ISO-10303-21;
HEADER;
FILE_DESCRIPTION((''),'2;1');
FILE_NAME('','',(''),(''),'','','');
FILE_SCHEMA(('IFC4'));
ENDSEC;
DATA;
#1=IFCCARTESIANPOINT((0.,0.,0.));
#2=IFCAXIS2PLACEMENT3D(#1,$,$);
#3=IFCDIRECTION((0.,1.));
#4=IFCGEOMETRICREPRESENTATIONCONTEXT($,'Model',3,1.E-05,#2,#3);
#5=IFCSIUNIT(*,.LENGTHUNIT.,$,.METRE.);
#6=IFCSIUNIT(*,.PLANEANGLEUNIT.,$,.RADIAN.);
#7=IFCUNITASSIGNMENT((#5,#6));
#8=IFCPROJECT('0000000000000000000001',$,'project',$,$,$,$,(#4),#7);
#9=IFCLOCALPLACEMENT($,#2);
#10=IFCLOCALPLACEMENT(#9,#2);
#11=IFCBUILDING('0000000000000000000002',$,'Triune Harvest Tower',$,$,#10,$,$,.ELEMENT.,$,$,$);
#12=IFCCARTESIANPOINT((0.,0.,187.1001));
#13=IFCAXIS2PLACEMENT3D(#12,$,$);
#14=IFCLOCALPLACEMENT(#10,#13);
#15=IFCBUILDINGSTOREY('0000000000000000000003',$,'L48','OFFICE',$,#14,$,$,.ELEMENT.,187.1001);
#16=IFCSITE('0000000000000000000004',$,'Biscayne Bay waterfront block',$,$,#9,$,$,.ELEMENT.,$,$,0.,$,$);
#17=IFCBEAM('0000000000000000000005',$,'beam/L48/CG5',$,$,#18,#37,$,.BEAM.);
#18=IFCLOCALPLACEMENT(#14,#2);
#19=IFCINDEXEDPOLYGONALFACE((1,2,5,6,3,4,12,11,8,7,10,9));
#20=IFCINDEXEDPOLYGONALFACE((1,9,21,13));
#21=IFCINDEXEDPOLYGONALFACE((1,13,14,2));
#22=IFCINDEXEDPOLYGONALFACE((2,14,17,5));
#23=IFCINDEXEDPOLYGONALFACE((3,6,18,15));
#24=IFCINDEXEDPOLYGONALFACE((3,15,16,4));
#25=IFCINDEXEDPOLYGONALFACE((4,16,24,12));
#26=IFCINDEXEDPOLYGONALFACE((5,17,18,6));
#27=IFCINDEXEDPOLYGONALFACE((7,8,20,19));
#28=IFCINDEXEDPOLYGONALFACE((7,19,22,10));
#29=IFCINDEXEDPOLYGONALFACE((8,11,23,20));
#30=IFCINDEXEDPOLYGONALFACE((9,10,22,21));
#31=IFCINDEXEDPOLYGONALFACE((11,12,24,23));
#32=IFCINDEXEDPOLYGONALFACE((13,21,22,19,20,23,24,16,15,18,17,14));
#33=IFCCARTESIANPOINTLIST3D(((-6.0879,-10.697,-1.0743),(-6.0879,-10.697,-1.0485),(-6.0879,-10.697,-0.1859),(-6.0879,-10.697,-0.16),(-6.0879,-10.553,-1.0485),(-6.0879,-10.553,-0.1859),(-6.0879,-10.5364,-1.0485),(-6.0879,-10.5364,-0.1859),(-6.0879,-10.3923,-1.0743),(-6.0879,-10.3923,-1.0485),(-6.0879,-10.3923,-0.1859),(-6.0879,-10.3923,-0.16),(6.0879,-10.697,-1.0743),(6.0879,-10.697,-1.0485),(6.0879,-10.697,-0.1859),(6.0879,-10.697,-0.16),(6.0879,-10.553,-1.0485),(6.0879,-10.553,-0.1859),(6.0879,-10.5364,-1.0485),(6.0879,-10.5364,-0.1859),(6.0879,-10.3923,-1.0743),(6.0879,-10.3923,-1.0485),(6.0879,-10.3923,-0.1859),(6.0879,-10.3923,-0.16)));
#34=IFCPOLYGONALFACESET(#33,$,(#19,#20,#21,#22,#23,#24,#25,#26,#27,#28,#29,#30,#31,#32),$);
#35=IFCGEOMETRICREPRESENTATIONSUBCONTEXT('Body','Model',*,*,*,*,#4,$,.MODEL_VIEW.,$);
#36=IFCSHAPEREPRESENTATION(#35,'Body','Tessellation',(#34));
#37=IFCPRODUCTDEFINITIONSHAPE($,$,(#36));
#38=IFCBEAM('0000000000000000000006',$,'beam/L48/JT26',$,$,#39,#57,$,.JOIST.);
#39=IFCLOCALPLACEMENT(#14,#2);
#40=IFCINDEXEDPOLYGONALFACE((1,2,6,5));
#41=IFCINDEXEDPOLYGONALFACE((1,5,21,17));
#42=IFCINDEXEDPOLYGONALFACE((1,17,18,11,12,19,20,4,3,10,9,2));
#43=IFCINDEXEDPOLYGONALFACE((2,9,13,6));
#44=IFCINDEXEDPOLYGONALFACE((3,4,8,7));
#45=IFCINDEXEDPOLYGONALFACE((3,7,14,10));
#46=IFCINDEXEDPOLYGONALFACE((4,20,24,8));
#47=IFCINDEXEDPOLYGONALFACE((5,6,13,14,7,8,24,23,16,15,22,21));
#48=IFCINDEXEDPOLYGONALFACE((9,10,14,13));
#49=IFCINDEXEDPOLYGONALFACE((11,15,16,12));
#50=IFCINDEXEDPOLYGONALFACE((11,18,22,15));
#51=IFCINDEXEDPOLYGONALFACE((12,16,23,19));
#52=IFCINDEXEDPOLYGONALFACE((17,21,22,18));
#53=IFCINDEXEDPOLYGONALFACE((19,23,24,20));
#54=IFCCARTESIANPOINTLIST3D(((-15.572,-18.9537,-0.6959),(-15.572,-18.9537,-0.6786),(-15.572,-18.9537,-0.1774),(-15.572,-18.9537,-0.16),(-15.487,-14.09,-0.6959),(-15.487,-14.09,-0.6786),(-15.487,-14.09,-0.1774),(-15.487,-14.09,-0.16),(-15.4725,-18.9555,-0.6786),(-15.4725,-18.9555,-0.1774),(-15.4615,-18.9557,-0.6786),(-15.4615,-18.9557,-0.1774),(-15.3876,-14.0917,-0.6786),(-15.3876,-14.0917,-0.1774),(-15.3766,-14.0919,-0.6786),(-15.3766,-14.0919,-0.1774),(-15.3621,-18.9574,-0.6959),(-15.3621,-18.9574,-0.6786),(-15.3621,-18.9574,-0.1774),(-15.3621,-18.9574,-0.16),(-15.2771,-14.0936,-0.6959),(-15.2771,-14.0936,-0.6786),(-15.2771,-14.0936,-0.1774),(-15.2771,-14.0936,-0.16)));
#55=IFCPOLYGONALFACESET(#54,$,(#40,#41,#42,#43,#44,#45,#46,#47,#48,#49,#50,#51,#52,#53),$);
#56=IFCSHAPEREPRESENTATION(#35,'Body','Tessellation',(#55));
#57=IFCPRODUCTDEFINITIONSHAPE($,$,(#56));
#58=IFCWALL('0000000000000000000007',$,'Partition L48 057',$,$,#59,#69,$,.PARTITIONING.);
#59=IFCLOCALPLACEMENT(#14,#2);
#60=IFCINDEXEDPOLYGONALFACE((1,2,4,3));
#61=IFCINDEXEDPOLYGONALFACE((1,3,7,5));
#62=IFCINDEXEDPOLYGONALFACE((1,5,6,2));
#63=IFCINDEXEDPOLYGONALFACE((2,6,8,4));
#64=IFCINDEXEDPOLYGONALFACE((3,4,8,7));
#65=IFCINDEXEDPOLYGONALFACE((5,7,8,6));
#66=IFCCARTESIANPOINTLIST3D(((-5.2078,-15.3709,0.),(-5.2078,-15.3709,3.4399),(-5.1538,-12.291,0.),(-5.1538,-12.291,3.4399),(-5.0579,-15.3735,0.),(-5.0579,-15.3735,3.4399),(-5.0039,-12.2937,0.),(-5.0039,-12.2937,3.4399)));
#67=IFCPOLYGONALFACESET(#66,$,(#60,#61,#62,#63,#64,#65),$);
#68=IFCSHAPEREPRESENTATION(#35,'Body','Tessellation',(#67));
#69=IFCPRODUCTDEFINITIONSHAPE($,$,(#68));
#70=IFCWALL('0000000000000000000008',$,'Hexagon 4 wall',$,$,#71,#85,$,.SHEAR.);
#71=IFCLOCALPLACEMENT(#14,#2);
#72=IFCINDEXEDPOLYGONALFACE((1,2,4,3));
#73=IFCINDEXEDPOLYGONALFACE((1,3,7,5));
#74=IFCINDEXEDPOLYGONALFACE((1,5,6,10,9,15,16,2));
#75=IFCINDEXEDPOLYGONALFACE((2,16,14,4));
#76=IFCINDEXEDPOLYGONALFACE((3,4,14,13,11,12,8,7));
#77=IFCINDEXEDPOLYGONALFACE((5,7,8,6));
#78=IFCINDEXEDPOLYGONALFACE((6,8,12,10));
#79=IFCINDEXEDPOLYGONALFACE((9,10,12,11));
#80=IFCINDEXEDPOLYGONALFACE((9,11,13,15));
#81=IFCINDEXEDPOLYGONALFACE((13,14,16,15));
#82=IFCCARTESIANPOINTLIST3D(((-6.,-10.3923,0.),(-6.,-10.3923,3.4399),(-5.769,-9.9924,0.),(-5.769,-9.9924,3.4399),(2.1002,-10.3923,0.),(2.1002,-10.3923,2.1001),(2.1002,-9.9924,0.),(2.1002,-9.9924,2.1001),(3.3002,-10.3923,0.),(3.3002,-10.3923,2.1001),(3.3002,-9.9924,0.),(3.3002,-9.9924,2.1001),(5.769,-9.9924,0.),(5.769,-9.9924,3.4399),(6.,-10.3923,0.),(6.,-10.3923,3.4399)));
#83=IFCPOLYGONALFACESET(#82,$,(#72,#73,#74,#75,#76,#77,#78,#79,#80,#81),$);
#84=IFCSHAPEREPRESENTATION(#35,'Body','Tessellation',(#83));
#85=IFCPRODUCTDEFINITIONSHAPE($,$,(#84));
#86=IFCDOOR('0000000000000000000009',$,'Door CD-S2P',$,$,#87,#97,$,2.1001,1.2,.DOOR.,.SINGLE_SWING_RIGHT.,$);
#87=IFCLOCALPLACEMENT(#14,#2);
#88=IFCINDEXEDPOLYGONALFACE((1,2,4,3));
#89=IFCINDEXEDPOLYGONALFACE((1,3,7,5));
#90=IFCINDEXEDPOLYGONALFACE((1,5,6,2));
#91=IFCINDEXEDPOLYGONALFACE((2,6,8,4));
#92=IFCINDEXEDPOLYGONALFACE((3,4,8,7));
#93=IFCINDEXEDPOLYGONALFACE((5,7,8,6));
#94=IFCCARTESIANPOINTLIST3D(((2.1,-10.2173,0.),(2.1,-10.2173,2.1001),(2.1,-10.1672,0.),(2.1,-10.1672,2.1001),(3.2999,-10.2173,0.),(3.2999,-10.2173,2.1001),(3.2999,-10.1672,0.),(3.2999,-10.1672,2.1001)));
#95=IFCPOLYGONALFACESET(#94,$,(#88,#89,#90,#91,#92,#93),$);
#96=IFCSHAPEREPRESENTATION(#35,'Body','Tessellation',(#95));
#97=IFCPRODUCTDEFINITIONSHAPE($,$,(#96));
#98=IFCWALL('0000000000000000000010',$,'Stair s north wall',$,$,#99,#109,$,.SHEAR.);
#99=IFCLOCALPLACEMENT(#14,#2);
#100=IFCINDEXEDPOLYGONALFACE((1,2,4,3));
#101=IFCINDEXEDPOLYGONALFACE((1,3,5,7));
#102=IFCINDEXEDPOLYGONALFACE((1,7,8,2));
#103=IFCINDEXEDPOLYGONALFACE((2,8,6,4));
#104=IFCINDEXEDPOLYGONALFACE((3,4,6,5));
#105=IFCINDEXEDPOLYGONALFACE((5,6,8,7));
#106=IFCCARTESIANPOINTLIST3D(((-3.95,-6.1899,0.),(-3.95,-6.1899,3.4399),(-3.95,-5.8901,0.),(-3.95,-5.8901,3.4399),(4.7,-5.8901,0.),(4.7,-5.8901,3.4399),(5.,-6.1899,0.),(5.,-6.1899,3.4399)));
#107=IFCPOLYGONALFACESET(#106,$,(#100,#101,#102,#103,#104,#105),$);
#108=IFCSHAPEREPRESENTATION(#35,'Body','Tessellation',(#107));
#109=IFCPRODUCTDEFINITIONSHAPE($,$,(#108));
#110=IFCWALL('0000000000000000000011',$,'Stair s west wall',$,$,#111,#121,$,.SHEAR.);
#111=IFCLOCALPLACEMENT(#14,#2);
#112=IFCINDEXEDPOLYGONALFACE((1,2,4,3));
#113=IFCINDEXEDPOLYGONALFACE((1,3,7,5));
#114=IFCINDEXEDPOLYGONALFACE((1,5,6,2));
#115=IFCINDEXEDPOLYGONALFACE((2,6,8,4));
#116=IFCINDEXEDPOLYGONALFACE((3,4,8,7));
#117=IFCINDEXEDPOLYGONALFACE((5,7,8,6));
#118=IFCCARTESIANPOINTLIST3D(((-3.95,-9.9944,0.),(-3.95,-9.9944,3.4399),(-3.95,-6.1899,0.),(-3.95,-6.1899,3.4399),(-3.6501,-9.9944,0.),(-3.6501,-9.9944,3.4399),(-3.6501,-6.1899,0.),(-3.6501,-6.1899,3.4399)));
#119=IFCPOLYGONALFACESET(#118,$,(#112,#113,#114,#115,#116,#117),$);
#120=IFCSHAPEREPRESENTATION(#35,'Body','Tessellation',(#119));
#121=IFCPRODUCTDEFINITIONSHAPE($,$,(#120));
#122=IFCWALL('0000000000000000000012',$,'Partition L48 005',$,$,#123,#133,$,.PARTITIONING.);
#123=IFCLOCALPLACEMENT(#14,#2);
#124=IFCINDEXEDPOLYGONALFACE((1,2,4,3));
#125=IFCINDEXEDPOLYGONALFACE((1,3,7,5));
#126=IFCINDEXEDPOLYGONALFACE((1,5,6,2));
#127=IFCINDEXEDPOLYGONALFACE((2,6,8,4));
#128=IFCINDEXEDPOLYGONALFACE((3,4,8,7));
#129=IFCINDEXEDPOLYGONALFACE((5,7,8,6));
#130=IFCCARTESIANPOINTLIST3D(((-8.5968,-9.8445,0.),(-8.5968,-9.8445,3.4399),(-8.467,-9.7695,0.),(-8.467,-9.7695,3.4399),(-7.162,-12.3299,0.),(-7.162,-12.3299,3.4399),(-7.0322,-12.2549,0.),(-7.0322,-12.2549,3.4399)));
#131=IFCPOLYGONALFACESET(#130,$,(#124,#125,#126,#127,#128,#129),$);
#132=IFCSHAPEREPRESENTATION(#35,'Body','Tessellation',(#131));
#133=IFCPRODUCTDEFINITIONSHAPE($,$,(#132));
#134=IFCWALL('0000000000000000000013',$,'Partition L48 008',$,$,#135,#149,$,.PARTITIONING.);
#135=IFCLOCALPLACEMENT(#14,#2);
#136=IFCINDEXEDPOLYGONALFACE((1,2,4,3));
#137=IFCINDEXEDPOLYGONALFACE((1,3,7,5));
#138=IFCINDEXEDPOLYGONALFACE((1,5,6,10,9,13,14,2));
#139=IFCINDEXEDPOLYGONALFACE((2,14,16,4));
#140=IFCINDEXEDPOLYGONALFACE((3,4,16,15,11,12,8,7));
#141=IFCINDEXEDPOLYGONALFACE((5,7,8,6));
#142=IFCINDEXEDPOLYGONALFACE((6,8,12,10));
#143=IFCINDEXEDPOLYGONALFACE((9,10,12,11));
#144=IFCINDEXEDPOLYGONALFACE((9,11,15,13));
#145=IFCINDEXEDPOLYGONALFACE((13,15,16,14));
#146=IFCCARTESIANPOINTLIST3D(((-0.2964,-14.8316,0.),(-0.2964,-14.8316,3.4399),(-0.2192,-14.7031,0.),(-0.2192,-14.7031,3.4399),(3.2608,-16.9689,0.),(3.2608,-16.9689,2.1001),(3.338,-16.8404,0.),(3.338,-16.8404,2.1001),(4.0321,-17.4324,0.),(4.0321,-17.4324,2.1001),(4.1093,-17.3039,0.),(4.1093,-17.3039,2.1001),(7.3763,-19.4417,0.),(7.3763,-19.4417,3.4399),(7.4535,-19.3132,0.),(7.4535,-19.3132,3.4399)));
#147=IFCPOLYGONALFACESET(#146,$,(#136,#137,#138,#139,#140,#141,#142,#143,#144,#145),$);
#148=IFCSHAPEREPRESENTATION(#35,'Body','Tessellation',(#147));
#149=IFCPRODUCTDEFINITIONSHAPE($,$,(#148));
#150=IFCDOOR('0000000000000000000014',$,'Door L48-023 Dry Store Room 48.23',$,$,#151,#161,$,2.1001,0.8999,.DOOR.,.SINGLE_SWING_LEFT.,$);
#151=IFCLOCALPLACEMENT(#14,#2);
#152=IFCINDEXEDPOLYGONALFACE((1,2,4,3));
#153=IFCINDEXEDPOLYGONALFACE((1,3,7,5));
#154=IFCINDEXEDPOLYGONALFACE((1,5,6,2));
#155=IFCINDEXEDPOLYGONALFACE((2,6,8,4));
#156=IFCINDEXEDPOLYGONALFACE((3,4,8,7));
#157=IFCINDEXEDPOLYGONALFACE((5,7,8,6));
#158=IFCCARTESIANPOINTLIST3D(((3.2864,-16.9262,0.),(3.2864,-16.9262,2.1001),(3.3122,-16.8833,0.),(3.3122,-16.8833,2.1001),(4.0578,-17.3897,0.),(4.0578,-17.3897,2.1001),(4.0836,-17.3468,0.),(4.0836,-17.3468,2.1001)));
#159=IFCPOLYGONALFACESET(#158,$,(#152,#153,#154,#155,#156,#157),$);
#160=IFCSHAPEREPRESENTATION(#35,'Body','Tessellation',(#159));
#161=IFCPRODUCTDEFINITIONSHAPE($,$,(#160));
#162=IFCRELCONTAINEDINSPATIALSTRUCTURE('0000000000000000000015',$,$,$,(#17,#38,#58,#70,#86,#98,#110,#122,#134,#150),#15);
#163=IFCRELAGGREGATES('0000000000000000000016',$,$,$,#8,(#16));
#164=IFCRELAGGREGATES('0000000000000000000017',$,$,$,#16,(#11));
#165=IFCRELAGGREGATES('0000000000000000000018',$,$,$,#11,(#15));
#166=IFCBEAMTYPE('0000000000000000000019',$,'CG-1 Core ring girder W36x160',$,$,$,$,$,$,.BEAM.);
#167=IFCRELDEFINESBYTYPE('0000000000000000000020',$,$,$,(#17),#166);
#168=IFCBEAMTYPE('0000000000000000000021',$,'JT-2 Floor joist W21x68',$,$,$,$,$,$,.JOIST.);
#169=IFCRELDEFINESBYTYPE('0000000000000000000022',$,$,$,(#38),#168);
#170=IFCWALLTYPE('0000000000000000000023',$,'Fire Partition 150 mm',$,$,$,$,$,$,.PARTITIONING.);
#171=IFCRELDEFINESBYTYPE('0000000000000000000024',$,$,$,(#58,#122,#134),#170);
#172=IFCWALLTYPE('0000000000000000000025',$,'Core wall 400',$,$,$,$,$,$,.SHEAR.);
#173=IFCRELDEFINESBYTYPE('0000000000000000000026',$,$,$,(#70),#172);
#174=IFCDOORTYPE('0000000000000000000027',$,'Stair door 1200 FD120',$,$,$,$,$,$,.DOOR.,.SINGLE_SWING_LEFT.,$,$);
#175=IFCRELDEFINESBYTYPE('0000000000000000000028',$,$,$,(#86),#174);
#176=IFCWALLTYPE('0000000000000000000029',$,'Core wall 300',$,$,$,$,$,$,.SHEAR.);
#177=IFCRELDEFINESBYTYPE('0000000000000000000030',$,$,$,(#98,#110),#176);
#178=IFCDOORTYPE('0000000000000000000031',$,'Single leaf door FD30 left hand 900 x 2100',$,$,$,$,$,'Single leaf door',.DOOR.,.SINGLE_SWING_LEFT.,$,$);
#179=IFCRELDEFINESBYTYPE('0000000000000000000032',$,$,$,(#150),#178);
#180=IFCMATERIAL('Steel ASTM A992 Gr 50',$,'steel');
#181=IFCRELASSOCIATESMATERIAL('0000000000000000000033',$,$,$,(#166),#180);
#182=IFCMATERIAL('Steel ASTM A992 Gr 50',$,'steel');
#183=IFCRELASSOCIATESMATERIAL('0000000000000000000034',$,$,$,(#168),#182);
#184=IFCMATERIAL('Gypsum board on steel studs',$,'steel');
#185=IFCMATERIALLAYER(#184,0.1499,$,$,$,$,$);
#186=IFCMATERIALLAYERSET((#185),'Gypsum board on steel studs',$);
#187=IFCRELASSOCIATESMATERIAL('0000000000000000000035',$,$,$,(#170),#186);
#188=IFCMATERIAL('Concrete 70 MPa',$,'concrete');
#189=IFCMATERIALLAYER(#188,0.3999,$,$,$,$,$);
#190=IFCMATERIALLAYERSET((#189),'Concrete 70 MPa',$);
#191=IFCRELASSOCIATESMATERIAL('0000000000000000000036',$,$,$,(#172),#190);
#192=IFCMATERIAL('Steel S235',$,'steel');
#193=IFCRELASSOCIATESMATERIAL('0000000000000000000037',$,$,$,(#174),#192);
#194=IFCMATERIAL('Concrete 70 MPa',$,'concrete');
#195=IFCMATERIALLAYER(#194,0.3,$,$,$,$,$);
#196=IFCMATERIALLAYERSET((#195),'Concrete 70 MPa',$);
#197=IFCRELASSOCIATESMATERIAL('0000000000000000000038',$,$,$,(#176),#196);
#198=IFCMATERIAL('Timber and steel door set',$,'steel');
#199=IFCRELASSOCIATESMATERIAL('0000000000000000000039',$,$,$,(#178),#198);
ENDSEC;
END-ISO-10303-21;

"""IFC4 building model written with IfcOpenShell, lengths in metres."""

from ifc_helpers import new_model, si_unit, direction, frame, frame_2d, origin, origin_2d, place, context, subcontext, project, spatial, polyline, rectangle, i_section, outline, extrude, source, transform, mapped, material, layer, layer_set, material_profile, profile_set, type_object, element, fill, save


model = new_model("IFC4")

# Units and contexts
model_context = context("Model", 3, precision=1e-05, world=origin(), true_north=direction((0.0, 1.0)))
body_context = subcontext(model_context, "Body", "Model", "MODEL_VIEW")
ifc_project = project(units=[si_unit("LENGTHUNIT", "METRE"), si_unit("PLANEANGLEUNIT", "RADIAN")], contexts=[model_context])

# Site, building, storey
site_placement = place(None, origin())
site = spatial("IfcSite", under=ifc_project, at=site_placement, Name="Biscayne Bay waterfront block", CompositionType="ELEMENT", RefElevation=0.0)
building_placement = place(site_placement, origin())
building = spatial("IfcBuilding", under=site, at=building_placement, Name="Triune Harvest Tower", CompositionType="ELEMENT")
storey_placement = place(building_placement, frame((0.0, 0.0, 187.1001)))
storey = spatial("IfcBuildingStorey", under=building, at=storey_placement, Name="L48", Description="OFFICE", CompositionType="ELEMENT", Elevation=187.1001)

# Beams
ifc_material_1 = material(Name="Steel ASTM A992 Gr 50", Category="steel")
ifc_material_profile_1 = material_profile(ifc_material_1, i_section(OverallWidth=0.3047, OverallDepth=0.9143, WebThickness=0.0166, FlangeThickness=0.0259, at=origin_2d()), Name="W36x160")
ifc_profile_set_1 = profile_set([ifc_material_profile_1], Name="Steel ASTM A992 Gr 50")
beam_type_1 = type_object("IfcBeamType", Name="CG-1 Core ring girder W36x160", PredefinedType="BEAM", material=ifc_profile_set_1)
shared_shape_1 = source(origin(), body_context, "Body", "SweptSolid", [
    extrude(i_section(OverallWidth=0.3047, OverallDepth=0.9143, WebThickness=0.0166, FlangeThickness=0.0259, at=origin_2d()), origin(), (0.0, 0.0, 1.0), 12.1758),
])
beam_1_placement = place(storey_placement, frame((-6.0879, -10.5447, -0.6172), z_axis=(1.0, 0.0, 0.0), x_axis=(0.0, 1.0, 0.0)))
element("IfcBeam", 1, at=beam_1_placement, inside=storey, type_object=beam_type_1, Name="beam/L48/CG5", PredefinedType="BEAM", context=body_context, shape_type="MappedRepresentation", body=[
    mapped(shared_shape_1, transform((0.0, 0.0, 0.0), scale=1.0)),
])
ifc_material_2 = material(Name="Steel ASTM A992 Gr 50", Category="steel")
ifc_material_profile_2 = material_profile(ifc_material_2, i_section(OverallWidth=0.21, OverallDepth=0.5359, WebThickness=0.011, FlangeThickness=0.0173, at=origin_2d()), Name="W21x68")
ifc_profile_set_2 = profile_set([ifc_material_profile_2], Name="Steel ASTM A992 Gr 50")
beam_type_2 = type_object("IfcBeamType", Name="JT-2 Floor joist W21x68", PredefinedType="JOIST", material=ifc_profile_set_2)
shared_shape_2 = source(origin(), body_context, "Body", "SweptSolid", [
    extrude(i_section(OverallWidth=0.21, OverallDepth=0.5359, WebThickness=0.011, FlangeThickness=0.0173, at=origin_2d()), origin(), (0.0, 0.0, 1.0), 4.8645),
])
beam_2_placement = place(storey_placement, frame((-15.467, -18.9556, -0.428), z_axis=(0.017465, 0.999847, 0.0), x_axis=(-0.999847, 0.017465, 0.0)))
element("IfcBeam", 2, at=beam_2_placement, inside=storey, type_object=beam_type_2, Name="beam/L48/JT26", PredefinedType="JOIST", context=body_context, shape_type="MappedRepresentation", body=[
    mapped(shared_shape_2, transform((0.0, 0.0, 0.0), scale=1.0)),
])

# Wall
ifc_material_3 = material(Name="Gypsum board on steel studs", Category="steel")
ifc_layer_1 = layer(ifc_material_3, 0.1499)
ifc_layer_set_1 = layer_set([ifc_layer_1], Name="Gypsum board on steel studs")
wall_type_1 = type_object("IfcWallType", Name="Fire Partition 150 mm", PredefinedType="PARTITIONING", material=ifc_layer_set_1)
wall_1_placement = place(storey_placement, frame((-5.1328, -15.3721, 0.0), z_axis=(0.0, 0.0, 1.0), x_axis=(0.017516, 0.999847, 0.0)))
element("IfcWall", 3, at=wall_1_placement, inside=storey, type_object=wall_type_1, Name="Partition L48 057", PredefinedType="PARTITIONING", context=body_context, shape_type="SweptSolid", body=[
    extrude(rectangle(XDim=3.0803, YDim=0.1499, at=frame_2d((1.54, 0.0))), origin(), (0.0, 0.0, 1.0), 3.4399),
])

# Wall, opening, door
ifc_material_4 = material(Name="Concrete 70 MPa", Category="concrete")
ifc_layer_2 = layer(ifc_material_4, 0.3999)
ifc_layer_set_2 = layer_set([ifc_layer_2], Name="Concrete 70 MPa")
wall_type_2 = type_object("IfcWallType", Name="Core wall 400", PredefinedType="SHEAR", material=ifc_layer_set_2)
shared_shape_3 = source(origin(), body_context, "Body", "SweptSolid", [
    extrude(outline(polyline([(-0.1155, -0.2), (11.8845, -0.2), (11.6536, 0.2), (0.1155, 0.2), (-0.1155, -0.2)])), origin(), (0.0, 0.0, 1.0), 3.4399),
])
wall_2_placement = place(storey_placement, frame((-5.8845, -10.1924, 0.0), z_axis=(0.0, 0.0, 1.0), x_axis=(1.0, 0.0, 0.0)))
wall_2 = element("IfcWall", 4, at=wall_2_placement, inside=storey, type_object=wall_type_2, Name="Hexagon 4 wall", PredefinedType="SHEAR", context=body_context, shape_type="MappedRepresentation", body=[
    mapped(shared_shape_3, transform((0.0, 0.0, 0.0), scale=1.0)),
])
opening_1_placement = place(wall_2_placement, frame((7.9846, 0.0, 0.0)))
opening_1 = element("IfcOpeningElement", 5, at=opening_1_placement, cuts=wall_2, PredefinedType="OPENING", context=body_context, shape_type="SweptSolid", body=[
    extrude(rectangle(XDim=1.2, YDim=2.1001, at=frame_2d((0.6001, 1.05))), frame((0.0, 0.21, 0.0), z_axis=(0.0, -1.0, 0.0), x_axis=(1.0, 0.0, 0.0)), (0.0, 0.0, 1.0), 0.4199),
])
ifc_material_5 = material(Name="Steel S235", Category="steel")
door_type_1 = type_object("IfcDoorType", Name="Stair door 1200 FD120", OperationType="SINGLE_SWING_LEFT", PredefinedType="DOOR", material=ifc_material_5)
door_1_placement = place(opening_1_placement, frame((1.2, 0.0, 0.0), z_axis=(0.0, 0.0, 1.0), x_axis=(-1.0, 0.0, 0.0)))
door_1 = element("IfcDoor", 6, at=door_1_placement, inside=storey, type_object=door_type_1, Name="Door CD-S2P", OperationType="SINGLE_SWING_RIGHT", OverallHeight=2.1001, OverallWidth=1.2, PredefinedType="DOOR", context=body_context, shape_type="SweptSolid", body=[
    extrude(rectangle(XDim=1.2, YDim=2.1001, at=frame_2d((0.6001, 1.05))), frame((0.0, 0.0249, 0.0), z_axis=(0.0, -1.0, 0.0), x_axis=(1.0, 0.0, 0.0)), (0.0, 0.0, 1.0), 0.05),
])
fill(opening_1, door_1)

# Walls
ifc_material_6 = material(Name="Concrete 70 MPa", Category="concrete")
ifc_layer_3 = layer(ifc_material_6, 0.3)
ifc_layer_set_3 = layer_set([ifc_layer_3], Name="Concrete 70 MPa")
wall_type_3 = type_object("IfcWallType", Name="Core wall 300", PredefinedType="SHEAR", material=ifc_layer_set_3)
shared_shape_4 = source(origin(), body_context, "Body", "SweptSolid", [
    extrude(outline(polyline([(0.0, -0.1499), (8.95, -0.1499), (8.6499, 0.1499), (0.0, 0.1499), (0.0, -0.1499)])), origin(), (0.0, 0.0, 1.0), 3.4399),
])
wall_3_placement = place(storey_placement, frame((-3.95, -6.04, 0.0), z_axis=(0.0, 0.0, 1.0), x_axis=(1.0, 0.0, 0.0)))
element("IfcWall", 7, at=wall_3_placement, inside=storey, type_object=wall_type_3, Name="Stair s north wall", PredefinedType="SHEAR", context=body_context, shape_type="MappedRepresentation", body=[
    mapped(shared_shape_4, transform((0.0, 0.0, 0.0), scale=1.0)),
])
shared_shape_5 = source(origin(), body_context, "Body", "SweptSolid", [
    extrude(outline(polyline([(3.8, -0.1499), (-0.0044, -0.1499), (-0.0044, 0.1499), (3.8, 0.1499), (3.8, -0.1499)])), origin(), (0.0, 0.0, 1.0), 3.4399),
])
wall_4_placement = place(storey_placement, frame((-3.8, -9.99, 0.0), z_axis=(0.0, 0.0, 1.0), x_axis=(0.0, 1.0, 0.0)))
element("IfcWall", 8, at=wall_4_placement, inside=storey, type_object=wall_type_3, Name="Stair s west wall", PredefinedType="SHEAR", context=body_context, shape_type="MappedRepresentation", body=[
    mapped(shared_shape_5, transform((0.0, 0.0, 0.0), scale=1.0)),
])
shared_shape_6 = source(origin(), body_context, "Body", "SweptSolid", [
    extrude(rectangle(XDim=2.8699, YDim=0.1499, at=frame_2d((1.4351, 0.0))), origin(), (0.0, 0.0, 1.0), 3.4399),
])
wall_5_placement = place(storey_placement, frame((-8.532, -9.8069, 0.0), z_axis=(0.0, 0.0, 1.0), x_axis=(0.499973, -0.866041, 0.0)))
element("IfcWall", 9, at=wall_5_placement, inside=storey, type_object=wall_type_1, Name="Partition L48 005", PredefinedType="PARTITIONING", context=body_context, shape_type="MappedRepresentation", body=[
    mapped(shared_shape_6, transform((0.0, 0.0, 0.0), scale=1.0)),
])

# Wall, opening, door
shared_shape_7 = source(origin(), body_context, "Body", "SweptSolid", [
    extrude(rectangle(XDim=8.9512, YDim=0.1499, at=frame_2d((4.4756, 0.0))), origin(), (0.0, 0.0, 1.0), 3.4399),
])
wall_6_placement = place(storey_placement, frame((-0.2578, -14.7673, 0.0), z_axis=(0.0, 0.0, 1.0), x_axis=(0.85717, -0.515033, 0.0)))
wall_6 = element("IfcWall", 10, at=wall_6_placement, inside=storey, type_object=wall_type_1, Name="Partition L48 008", PredefinedType="PARTITIONING", context=body_context, shape_type="MappedRepresentation", body=[
    mapped(shared_shape_7, transform((0.0, 0.0, 0.0), scale=1.0)),
])
opening_2_placement = place(wall_6_placement, frame((4.1499, 0.0, 0.0)))
opening_2 = element("IfcOpeningElement", 11, at=opening_2_placement, cuts=wall_6, PredefinedType="OPENING", context=body_context, shape_type="SweptSolid", body=[
    extrude(rectangle(XDim=0.8999, YDim=2.1001, at=frame_2d((0.45, 1.05))), frame((0.0, 0.085, 0.0), z_axis=(0.0, -1.0, 0.0), x_axis=(1.0, 0.0, 0.0)), (0.0, 0.0, 1.0), 0.1699),
])
ifc_material_7 = material(Name="Timber and steel door set", Category="steel")
door_type_2 = type_object("IfcDoorType", Name="Single leaf door FD30 left hand 900 x 2100", ElementType="Single leaf door", OperationType="SINGLE_SWING_LEFT", PredefinedType="DOOR", material=ifc_material_7)
door_2_placement = place(opening_2_placement, origin())
door_2 = element("IfcDoor", 12, at=door_2_placement, inside=storey, type_object=door_type_2, Name="Door L48-023 Dry Store Room 48.23", OperationType="SINGLE_SWING_LEFT", OverallHeight=2.1001, OverallWidth=0.8999, PredefinedType="DOOR", context=body_context, shape_type="SweptSolid", body=[
    extrude(rectangle(XDim=0.8999, YDim=2.1001, at=frame_2d((0.45, 1.05))), frame((0.0, 0.0249, 0.0), z_axis=(0.0, -1.0, 0.0), x_axis=(1.0, 0.0, 0.0)), (0.0, 0.0, 1.0), 0.05),
])
fill(opening_2, door_2)

save(model, "model.ifc")
